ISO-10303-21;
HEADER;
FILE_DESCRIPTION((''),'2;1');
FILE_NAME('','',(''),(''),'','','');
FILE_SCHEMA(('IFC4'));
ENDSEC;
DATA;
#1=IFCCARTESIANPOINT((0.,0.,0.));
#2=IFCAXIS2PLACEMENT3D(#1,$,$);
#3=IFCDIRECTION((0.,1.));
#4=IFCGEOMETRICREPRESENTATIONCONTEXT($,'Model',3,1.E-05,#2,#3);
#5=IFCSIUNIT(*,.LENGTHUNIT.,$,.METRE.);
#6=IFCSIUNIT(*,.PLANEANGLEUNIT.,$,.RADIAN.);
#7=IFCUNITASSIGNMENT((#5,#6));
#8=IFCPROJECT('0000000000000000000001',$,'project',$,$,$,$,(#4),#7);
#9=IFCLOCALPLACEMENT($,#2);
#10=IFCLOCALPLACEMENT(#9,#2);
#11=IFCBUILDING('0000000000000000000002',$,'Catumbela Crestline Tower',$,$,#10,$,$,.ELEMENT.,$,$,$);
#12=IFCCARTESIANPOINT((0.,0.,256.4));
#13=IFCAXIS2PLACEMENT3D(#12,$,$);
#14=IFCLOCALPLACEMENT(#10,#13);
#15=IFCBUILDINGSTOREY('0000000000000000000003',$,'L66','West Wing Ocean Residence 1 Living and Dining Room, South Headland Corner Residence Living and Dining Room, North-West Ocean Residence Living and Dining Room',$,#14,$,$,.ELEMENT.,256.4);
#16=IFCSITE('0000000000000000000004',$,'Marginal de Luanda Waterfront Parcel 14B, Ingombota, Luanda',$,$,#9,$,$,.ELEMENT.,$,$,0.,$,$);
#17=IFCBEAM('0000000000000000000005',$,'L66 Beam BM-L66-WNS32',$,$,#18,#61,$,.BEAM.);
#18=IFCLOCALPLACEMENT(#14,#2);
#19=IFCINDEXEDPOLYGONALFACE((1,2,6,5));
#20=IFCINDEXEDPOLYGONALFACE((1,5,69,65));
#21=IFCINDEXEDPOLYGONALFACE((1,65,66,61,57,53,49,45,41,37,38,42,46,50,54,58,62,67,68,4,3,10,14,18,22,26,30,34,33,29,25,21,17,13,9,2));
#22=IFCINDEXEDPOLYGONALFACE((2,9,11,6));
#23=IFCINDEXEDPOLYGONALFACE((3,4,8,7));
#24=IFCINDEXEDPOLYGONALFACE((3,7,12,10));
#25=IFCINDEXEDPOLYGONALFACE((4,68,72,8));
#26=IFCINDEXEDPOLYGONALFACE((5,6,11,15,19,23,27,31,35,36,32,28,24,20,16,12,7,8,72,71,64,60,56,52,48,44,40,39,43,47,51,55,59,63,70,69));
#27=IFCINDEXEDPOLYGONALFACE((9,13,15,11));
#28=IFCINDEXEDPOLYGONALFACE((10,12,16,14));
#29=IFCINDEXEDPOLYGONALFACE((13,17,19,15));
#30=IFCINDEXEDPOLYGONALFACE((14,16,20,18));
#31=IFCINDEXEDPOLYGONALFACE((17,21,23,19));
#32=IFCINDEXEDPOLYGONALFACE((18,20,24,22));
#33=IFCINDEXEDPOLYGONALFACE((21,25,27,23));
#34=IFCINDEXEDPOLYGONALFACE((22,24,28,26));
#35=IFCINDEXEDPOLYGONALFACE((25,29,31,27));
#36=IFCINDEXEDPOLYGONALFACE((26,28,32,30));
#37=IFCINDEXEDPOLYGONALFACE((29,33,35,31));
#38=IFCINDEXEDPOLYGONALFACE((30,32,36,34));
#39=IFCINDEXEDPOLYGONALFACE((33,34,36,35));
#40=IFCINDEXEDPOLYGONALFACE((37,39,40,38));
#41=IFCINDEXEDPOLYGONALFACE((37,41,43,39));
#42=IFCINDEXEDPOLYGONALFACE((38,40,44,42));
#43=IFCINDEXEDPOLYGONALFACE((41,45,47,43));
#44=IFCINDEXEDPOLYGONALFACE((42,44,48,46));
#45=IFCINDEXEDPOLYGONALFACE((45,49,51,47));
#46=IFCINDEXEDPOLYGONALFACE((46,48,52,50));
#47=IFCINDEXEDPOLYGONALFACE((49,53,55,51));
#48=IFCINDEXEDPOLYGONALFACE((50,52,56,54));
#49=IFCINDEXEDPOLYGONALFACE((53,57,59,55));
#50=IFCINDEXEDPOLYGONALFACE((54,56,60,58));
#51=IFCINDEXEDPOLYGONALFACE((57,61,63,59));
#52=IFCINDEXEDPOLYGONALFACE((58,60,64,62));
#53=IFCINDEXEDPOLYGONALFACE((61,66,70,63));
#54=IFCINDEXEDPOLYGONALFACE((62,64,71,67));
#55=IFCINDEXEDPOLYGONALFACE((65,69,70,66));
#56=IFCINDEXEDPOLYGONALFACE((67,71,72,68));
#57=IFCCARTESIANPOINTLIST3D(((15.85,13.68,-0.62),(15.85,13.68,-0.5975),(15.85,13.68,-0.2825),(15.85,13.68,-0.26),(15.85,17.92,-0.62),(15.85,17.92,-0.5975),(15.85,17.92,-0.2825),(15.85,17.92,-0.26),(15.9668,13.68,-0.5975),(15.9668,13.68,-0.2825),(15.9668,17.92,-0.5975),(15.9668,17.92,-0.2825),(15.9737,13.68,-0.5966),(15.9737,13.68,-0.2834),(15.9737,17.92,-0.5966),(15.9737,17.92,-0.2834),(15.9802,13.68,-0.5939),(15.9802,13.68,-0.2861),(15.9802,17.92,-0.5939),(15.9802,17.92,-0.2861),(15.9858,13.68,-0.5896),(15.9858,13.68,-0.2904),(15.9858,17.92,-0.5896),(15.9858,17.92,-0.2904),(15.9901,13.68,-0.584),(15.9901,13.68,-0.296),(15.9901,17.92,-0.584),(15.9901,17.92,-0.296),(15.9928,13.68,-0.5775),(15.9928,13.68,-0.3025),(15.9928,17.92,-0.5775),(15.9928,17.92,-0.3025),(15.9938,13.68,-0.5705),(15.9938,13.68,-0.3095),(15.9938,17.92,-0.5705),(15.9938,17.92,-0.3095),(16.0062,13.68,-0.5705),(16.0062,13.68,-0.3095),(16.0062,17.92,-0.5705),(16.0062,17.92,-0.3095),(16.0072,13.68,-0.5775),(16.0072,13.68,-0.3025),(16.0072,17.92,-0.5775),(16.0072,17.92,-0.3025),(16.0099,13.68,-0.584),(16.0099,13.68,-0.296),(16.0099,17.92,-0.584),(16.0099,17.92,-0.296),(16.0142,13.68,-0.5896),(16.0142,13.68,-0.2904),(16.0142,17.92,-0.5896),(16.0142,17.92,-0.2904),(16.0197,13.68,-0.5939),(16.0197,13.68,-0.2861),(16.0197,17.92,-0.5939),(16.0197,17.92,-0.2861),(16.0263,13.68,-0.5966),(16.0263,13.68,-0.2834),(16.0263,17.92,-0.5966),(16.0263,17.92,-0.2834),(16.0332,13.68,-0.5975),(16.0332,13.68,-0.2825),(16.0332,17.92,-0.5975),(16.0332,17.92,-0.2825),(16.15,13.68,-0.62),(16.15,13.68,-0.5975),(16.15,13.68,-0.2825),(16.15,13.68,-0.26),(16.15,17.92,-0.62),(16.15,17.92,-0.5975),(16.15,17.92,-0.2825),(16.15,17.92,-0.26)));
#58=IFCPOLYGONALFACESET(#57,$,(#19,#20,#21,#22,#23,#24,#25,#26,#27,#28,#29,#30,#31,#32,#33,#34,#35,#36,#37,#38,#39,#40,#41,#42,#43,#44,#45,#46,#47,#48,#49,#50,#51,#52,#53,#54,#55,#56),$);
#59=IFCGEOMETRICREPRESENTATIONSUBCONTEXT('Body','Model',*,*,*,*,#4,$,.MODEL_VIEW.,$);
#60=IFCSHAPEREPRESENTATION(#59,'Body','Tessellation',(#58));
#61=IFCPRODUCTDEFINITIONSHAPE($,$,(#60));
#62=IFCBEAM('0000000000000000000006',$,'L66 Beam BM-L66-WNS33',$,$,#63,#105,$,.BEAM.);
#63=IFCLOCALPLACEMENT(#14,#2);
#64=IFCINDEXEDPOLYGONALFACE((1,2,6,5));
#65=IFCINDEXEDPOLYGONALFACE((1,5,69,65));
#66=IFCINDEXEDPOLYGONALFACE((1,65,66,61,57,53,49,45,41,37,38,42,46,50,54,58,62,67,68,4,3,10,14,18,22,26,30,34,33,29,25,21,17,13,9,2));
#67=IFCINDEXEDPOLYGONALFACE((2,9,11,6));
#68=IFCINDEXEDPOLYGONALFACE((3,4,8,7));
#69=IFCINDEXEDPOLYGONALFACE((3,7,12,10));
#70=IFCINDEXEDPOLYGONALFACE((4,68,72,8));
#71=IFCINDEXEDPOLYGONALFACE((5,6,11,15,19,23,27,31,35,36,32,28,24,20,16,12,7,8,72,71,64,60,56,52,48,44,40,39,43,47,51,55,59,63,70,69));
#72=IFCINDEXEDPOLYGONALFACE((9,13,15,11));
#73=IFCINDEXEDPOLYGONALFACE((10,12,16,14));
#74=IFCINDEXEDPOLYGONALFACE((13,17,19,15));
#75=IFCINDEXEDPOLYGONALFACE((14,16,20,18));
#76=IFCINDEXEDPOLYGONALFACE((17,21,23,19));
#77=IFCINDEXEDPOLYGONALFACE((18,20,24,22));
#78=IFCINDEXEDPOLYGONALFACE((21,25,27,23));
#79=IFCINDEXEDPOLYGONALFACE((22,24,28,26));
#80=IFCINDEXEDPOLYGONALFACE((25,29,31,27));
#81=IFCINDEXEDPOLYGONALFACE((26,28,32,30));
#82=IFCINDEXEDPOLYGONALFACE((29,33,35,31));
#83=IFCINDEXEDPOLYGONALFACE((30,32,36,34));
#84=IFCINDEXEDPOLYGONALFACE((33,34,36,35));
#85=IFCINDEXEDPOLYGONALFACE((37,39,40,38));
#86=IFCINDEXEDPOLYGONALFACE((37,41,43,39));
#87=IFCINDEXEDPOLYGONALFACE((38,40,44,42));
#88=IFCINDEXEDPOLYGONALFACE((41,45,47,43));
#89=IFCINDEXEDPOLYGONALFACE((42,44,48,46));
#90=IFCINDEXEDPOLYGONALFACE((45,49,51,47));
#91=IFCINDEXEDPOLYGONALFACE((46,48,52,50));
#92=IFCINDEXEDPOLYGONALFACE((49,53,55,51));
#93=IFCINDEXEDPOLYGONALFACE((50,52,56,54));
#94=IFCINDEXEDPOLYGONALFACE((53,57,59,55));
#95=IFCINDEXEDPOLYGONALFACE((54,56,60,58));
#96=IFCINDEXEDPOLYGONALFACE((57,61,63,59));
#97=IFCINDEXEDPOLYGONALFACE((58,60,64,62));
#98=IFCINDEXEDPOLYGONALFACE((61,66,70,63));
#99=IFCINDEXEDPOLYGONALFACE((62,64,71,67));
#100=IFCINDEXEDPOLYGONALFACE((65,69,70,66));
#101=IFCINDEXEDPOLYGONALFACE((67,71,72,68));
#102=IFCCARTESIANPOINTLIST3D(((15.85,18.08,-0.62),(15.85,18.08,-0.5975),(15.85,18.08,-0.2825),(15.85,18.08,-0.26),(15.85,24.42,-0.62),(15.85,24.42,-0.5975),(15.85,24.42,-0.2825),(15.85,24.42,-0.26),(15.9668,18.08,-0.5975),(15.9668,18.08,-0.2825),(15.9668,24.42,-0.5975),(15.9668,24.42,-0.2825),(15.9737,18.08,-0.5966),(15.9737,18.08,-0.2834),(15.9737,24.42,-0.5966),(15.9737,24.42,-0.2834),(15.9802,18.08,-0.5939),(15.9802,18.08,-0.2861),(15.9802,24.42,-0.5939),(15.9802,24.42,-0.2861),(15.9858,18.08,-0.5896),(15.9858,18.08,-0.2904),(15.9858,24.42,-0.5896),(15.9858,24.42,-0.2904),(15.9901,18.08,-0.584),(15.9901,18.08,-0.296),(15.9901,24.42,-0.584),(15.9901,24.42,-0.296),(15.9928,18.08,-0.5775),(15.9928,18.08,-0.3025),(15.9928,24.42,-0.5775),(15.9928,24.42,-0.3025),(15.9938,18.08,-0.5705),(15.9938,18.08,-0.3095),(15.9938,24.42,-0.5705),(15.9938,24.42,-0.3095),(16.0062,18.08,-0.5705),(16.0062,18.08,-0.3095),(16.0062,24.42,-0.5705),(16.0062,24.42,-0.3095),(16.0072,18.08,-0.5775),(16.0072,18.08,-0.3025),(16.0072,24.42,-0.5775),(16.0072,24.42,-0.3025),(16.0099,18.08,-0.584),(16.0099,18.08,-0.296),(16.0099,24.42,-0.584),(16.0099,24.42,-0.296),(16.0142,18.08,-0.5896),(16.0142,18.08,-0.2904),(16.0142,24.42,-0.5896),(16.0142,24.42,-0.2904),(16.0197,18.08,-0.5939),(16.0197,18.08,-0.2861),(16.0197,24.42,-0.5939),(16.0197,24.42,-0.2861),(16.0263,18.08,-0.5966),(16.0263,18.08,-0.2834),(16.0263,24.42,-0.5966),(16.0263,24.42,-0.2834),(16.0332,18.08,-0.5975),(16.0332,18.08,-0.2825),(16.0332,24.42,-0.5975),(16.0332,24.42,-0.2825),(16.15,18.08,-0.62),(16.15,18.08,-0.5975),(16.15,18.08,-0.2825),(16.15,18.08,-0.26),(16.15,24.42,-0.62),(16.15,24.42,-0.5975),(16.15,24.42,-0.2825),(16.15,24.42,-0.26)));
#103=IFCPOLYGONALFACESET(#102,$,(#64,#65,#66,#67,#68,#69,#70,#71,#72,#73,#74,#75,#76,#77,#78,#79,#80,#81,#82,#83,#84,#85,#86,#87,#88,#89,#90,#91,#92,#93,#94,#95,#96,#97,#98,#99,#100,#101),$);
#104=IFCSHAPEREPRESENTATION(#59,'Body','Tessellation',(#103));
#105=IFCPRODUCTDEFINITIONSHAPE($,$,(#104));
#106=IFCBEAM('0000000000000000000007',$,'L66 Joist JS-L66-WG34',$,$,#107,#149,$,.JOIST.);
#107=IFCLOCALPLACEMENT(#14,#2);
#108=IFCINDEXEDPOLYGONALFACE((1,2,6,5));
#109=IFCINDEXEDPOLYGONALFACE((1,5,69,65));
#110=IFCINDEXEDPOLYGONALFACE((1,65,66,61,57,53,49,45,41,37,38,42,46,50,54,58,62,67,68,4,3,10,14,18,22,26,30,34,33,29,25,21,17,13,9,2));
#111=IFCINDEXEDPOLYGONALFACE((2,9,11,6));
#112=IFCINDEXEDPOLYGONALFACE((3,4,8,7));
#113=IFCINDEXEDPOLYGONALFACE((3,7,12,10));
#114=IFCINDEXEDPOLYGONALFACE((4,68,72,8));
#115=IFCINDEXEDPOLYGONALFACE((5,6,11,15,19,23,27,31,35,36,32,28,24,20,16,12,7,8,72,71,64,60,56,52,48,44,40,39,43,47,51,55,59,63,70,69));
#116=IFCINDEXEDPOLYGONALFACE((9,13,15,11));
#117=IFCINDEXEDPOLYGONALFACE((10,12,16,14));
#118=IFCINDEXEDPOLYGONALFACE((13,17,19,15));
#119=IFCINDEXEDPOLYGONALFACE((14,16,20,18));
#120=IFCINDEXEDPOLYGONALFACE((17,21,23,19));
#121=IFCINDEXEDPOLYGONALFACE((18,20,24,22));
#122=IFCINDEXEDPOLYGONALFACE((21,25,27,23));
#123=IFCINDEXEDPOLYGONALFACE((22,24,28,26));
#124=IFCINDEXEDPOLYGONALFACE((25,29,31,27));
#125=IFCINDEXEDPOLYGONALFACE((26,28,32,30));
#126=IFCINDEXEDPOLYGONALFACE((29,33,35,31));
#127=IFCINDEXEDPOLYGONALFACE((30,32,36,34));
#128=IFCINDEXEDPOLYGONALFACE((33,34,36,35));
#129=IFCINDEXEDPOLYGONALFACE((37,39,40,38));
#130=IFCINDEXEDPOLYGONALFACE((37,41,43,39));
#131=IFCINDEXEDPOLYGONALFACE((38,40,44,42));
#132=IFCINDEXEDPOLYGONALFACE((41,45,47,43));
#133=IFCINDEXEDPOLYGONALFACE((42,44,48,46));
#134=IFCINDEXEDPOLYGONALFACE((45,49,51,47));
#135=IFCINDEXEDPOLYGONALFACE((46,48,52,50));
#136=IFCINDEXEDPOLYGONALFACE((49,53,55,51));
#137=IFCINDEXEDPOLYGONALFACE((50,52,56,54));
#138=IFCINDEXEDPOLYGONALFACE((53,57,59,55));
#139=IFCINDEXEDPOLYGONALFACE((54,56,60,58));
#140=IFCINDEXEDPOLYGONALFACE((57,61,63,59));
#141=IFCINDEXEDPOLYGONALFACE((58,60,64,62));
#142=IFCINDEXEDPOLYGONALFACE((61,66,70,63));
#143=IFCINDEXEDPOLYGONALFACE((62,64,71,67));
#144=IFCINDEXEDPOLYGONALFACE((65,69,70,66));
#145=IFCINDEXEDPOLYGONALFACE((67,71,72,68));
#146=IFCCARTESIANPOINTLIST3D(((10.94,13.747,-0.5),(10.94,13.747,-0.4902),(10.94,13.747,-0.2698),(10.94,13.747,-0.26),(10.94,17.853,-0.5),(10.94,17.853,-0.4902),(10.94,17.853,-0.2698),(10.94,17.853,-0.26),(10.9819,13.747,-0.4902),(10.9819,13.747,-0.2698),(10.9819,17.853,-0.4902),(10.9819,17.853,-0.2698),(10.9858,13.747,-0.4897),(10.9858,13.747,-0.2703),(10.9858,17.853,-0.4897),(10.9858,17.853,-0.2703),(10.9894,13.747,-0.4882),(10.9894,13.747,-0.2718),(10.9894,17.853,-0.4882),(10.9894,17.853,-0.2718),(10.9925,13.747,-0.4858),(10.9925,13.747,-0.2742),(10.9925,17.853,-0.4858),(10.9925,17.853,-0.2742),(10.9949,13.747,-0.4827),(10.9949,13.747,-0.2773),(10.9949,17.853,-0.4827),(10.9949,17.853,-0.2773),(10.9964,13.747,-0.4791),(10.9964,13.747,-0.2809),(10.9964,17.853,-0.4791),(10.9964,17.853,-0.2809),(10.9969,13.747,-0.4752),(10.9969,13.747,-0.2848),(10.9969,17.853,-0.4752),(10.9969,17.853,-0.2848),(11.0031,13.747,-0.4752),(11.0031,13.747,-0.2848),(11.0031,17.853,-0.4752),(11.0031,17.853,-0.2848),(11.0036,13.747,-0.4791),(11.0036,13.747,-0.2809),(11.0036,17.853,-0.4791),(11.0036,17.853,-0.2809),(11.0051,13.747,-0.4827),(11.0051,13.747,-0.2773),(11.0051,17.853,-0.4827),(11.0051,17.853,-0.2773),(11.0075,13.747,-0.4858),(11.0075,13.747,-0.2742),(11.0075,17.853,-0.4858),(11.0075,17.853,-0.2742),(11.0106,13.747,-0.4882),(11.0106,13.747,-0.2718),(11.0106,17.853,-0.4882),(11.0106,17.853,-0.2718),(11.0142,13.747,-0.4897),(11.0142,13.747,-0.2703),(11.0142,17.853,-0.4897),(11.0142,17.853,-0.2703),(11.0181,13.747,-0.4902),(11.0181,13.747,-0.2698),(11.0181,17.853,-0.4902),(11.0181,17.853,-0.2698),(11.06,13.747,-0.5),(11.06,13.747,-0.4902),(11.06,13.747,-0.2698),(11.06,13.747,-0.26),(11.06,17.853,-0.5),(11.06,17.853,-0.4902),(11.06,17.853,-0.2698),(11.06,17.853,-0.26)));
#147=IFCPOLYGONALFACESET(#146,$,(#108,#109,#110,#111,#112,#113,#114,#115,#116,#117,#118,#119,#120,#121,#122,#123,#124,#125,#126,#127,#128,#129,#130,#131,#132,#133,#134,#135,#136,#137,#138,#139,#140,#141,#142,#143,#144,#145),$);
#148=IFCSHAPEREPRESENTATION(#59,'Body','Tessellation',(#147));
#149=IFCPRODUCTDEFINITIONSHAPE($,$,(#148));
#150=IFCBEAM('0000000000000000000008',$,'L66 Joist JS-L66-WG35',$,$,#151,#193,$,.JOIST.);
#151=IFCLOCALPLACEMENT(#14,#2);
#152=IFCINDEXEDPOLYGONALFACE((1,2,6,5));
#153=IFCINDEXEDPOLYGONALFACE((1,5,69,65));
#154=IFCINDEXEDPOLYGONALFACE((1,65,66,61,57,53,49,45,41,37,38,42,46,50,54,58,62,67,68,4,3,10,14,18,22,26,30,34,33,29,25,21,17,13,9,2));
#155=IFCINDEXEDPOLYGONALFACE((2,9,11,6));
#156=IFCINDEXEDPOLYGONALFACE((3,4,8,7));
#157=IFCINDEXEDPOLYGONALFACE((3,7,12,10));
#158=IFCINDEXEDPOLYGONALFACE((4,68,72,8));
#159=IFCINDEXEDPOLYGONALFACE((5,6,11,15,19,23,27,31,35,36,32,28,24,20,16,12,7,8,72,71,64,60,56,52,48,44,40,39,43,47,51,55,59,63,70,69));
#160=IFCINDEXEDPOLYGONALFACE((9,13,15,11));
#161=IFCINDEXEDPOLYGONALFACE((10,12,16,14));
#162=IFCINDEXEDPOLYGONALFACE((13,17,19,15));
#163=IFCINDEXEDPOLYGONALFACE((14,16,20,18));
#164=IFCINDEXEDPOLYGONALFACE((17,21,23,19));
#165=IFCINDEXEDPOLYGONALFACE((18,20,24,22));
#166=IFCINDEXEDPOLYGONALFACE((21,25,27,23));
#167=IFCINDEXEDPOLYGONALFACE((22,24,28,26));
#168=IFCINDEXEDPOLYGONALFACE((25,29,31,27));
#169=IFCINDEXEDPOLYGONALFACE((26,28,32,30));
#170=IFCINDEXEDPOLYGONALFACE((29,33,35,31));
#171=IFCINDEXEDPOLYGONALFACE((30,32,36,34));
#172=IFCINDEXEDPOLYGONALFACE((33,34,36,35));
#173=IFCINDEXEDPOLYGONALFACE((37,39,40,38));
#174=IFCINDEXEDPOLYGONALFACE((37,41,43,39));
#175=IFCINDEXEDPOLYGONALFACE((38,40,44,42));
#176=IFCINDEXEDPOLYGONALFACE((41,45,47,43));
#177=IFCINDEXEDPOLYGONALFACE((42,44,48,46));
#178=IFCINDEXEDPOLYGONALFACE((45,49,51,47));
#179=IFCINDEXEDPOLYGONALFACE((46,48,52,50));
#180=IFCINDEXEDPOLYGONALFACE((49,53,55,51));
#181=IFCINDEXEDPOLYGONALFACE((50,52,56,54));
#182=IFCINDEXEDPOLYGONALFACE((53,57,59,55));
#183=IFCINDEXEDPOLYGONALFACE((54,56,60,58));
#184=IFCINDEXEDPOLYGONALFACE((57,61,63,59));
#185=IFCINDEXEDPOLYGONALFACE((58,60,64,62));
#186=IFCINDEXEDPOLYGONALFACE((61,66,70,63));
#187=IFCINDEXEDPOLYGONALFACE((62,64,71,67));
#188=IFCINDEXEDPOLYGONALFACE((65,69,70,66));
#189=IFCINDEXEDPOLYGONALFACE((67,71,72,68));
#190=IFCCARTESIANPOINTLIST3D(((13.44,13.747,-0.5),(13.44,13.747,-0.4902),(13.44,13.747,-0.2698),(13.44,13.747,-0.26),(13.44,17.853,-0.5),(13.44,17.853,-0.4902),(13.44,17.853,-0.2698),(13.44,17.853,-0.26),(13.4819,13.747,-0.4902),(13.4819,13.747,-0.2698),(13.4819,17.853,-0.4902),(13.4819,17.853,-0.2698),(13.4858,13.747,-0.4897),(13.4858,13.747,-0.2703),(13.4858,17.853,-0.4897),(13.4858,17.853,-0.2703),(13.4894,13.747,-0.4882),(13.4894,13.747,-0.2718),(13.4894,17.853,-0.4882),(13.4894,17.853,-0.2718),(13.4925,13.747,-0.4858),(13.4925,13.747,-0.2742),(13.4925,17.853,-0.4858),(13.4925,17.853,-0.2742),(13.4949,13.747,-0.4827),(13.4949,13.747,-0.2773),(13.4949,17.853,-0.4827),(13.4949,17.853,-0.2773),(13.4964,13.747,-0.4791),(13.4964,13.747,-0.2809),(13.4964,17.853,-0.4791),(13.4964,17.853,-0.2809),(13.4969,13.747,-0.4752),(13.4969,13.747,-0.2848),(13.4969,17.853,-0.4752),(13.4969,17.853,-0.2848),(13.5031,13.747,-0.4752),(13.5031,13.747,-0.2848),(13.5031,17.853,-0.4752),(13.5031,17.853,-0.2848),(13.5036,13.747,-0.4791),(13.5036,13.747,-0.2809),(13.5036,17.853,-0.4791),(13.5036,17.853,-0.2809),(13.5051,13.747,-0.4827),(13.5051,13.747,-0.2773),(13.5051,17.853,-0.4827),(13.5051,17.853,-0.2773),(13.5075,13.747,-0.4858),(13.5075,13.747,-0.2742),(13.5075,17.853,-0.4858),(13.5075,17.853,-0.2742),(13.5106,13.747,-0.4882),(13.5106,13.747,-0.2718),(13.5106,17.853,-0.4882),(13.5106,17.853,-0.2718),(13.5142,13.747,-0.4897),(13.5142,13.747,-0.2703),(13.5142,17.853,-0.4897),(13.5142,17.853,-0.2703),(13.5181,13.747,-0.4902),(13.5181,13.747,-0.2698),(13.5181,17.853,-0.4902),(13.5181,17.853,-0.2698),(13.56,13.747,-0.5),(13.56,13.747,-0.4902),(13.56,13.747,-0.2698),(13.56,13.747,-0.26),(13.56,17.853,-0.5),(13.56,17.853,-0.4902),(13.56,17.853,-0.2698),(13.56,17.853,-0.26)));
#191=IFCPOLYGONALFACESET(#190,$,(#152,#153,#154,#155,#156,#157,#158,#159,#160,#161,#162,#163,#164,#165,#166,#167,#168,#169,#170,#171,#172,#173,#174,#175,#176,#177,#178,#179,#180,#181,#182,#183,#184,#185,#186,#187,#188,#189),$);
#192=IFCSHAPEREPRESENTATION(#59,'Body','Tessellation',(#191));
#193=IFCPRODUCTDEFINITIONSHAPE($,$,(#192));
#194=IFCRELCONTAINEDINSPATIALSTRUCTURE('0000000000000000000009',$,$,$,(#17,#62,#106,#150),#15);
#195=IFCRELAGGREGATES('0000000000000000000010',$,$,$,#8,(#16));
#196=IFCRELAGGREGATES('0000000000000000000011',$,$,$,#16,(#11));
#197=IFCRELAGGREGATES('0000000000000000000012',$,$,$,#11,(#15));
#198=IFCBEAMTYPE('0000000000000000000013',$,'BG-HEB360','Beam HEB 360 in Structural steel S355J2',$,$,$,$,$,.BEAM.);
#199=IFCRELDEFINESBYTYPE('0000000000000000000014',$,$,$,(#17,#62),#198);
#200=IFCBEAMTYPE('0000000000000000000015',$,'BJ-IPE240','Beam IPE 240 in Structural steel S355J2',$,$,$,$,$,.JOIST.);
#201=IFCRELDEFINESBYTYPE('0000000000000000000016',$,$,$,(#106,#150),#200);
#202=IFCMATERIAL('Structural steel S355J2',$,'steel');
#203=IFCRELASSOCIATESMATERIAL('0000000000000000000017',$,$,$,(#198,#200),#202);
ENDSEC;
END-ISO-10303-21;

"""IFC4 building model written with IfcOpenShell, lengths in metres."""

from ifc_helpers import new_model, si_unit, direction, frame, origin, origin_2d, place, context, subcontext, project, spatial, i_section, extrude, material, material_profile, profile_set, type_object, element, save


model = new_model("IFC4")

# Units and contexts
model_context = context("Model", 3, precision=1e-05, world=origin(), true_north=direction((0.0, 1.0)))
body_context = subcontext(model_context, "Body", "Model", "MODEL_VIEW")
ifc_project = project(units=[si_unit("LENGTHUNIT", "METRE"), si_unit("PLANEANGLEUNIT", "RADIAN")], contexts=[model_context])

# Site, building, storey
site_placement = place(None, origin())
site = spatial("IfcSite", under=ifc_project, at=site_placement, Name="Marginal de Luanda Waterfront Parcel 14B, Ingombota, Luanda", CompositionType="ELEMENT", RefElevation=0.0)
building_placement = place(site_placement, origin())
building = spatial("IfcBuilding", under=site, at=building_placement, Name="Catumbela Crestline Tower", CompositionType="ELEMENT")
storey_placement = place(building_placement, frame((0.0, 0.0, 256.4)))
storey = spatial("IfcBuildingStorey", under=building, at=storey_placement, Name="L66", Description="West Wing Ocean Residence 1 Living and Dining Room, South Headland Corner Residence Living and Dining Room, North-West Ocean Residence Living and Dining Room", CompositionType="ELEMENT", Elevation=256.4)

# Shared definitions
ifc_material_1 = material(Name="Structural steel S355J2", Category="steel")

# Beams
ifc_material_profile_1 = material_profile(ifc_material_1, i_section(OverallWidth=0.3, OverallDepth=0.36, WebThickness=0.0125, FlangeThickness=0.0225, FilletRadius=0.027, at=origin_2d()), Name="HEB 360")
ifc_profile_set_1 = profile_set([ifc_material_profile_1], Name="Structural steel S355J2")
beam_type_1 = type_object("IfcBeamType", Name="BG-HEB360", Description="Beam HEB 360 in Structural steel S355J2", PredefinedType="BEAM", material=ifc_profile_set_1)
beam_1_placement = place(storey_placement, frame((16.0, 13.68, -0.44), z_axis=(0.0, 1.0, 0.0), x_axis=(-1.0, 0.0, 0.0)))
element("IfcBeam", 1, at=beam_1_placement, inside=storey, type_object=beam_type_1, Name="L66 Beam BM-L66-WNS32", PredefinedType="BEAM", context=body_context, shape_type="SweptSolid", body=[
    extrude(i_section(OverallWidth=0.3, OverallDepth=0.36, WebThickness=0.0125, FlangeThickness=0.0225, FilletRadius=0.027, at=origin_2d()), origin(), (0.0, 0.0, 1.0), 4.24),
])
beam_2_placement = place(storey_placement, frame((16.0, 18.08, -0.44), z_axis=(0.0, 1.0, 0.0), x_axis=(-1.0, 0.0, 0.0)))
element("IfcBeam", 2, at=beam_2_placement, inside=storey, type_object=beam_type_1, Name="L66 Beam BM-L66-WNS33", PredefinedType="BEAM", context=body_context, shape_type="SweptSolid", body=[
    extrude(i_section(OverallWidth=0.3, OverallDepth=0.36, WebThickness=0.0125, FlangeThickness=0.0225, FilletRadius=0.027, at=origin_2d()), origin(), (0.0, 0.0, 1.0), 6.34),
])
ifc_material_profile_2 = material_profile(ifc_material_1, i_section(OverallWidth=0.12, OverallDepth=0.24, WebThickness=0.0062, FlangeThickness=0.0098, FilletRadius=0.015, at=origin_2d()), Name="IPE 240")
ifc_profile_set_2 = profile_set([ifc_material_profile_2], Name="Structural steel S355J2")
beam_type_2 = type_object("IfcBeamType", Name="BJ-IPE240", Description="Beam IPE 240 in Structural steel S355J2", PredefinedType="JOIST", material=ifc_profile_set_2)
for number, where, z_axis, x_axis, name in (
    (3, (11.0, 13.747, -0.38), (0.0, 1.0, 0.0), (-1.0, 0.0, 0.0), "L66 Joist JS-L66-WG34"),
    (4, (13.5, 13.747, -0.38), (0.0, 1.0, 0.0), (-1.0, 0.0, 0.0), "L66 Joist JS-L66-WG35"),
):
    element("IfcBeam", number, at=place(storey_placement, frame(where, z_axis=z_axis, x_axis=x_axis)), inside=storey, type_object=beam_type_2, Name=name, PredefinedType="JOIST", context=body_context, shape_type="SweptSolid", body=[
        extrude(i_section(OverallWidth=0.12, OverallDepth=0.24, WebThickness=0.0062, FlangeThickness=0.0098, FilletRadius=0.015, at=origin_2d()), origin(), (0.0, 0.0, 1.0), 4.106),
    ])

save(model, "model.ifc")
